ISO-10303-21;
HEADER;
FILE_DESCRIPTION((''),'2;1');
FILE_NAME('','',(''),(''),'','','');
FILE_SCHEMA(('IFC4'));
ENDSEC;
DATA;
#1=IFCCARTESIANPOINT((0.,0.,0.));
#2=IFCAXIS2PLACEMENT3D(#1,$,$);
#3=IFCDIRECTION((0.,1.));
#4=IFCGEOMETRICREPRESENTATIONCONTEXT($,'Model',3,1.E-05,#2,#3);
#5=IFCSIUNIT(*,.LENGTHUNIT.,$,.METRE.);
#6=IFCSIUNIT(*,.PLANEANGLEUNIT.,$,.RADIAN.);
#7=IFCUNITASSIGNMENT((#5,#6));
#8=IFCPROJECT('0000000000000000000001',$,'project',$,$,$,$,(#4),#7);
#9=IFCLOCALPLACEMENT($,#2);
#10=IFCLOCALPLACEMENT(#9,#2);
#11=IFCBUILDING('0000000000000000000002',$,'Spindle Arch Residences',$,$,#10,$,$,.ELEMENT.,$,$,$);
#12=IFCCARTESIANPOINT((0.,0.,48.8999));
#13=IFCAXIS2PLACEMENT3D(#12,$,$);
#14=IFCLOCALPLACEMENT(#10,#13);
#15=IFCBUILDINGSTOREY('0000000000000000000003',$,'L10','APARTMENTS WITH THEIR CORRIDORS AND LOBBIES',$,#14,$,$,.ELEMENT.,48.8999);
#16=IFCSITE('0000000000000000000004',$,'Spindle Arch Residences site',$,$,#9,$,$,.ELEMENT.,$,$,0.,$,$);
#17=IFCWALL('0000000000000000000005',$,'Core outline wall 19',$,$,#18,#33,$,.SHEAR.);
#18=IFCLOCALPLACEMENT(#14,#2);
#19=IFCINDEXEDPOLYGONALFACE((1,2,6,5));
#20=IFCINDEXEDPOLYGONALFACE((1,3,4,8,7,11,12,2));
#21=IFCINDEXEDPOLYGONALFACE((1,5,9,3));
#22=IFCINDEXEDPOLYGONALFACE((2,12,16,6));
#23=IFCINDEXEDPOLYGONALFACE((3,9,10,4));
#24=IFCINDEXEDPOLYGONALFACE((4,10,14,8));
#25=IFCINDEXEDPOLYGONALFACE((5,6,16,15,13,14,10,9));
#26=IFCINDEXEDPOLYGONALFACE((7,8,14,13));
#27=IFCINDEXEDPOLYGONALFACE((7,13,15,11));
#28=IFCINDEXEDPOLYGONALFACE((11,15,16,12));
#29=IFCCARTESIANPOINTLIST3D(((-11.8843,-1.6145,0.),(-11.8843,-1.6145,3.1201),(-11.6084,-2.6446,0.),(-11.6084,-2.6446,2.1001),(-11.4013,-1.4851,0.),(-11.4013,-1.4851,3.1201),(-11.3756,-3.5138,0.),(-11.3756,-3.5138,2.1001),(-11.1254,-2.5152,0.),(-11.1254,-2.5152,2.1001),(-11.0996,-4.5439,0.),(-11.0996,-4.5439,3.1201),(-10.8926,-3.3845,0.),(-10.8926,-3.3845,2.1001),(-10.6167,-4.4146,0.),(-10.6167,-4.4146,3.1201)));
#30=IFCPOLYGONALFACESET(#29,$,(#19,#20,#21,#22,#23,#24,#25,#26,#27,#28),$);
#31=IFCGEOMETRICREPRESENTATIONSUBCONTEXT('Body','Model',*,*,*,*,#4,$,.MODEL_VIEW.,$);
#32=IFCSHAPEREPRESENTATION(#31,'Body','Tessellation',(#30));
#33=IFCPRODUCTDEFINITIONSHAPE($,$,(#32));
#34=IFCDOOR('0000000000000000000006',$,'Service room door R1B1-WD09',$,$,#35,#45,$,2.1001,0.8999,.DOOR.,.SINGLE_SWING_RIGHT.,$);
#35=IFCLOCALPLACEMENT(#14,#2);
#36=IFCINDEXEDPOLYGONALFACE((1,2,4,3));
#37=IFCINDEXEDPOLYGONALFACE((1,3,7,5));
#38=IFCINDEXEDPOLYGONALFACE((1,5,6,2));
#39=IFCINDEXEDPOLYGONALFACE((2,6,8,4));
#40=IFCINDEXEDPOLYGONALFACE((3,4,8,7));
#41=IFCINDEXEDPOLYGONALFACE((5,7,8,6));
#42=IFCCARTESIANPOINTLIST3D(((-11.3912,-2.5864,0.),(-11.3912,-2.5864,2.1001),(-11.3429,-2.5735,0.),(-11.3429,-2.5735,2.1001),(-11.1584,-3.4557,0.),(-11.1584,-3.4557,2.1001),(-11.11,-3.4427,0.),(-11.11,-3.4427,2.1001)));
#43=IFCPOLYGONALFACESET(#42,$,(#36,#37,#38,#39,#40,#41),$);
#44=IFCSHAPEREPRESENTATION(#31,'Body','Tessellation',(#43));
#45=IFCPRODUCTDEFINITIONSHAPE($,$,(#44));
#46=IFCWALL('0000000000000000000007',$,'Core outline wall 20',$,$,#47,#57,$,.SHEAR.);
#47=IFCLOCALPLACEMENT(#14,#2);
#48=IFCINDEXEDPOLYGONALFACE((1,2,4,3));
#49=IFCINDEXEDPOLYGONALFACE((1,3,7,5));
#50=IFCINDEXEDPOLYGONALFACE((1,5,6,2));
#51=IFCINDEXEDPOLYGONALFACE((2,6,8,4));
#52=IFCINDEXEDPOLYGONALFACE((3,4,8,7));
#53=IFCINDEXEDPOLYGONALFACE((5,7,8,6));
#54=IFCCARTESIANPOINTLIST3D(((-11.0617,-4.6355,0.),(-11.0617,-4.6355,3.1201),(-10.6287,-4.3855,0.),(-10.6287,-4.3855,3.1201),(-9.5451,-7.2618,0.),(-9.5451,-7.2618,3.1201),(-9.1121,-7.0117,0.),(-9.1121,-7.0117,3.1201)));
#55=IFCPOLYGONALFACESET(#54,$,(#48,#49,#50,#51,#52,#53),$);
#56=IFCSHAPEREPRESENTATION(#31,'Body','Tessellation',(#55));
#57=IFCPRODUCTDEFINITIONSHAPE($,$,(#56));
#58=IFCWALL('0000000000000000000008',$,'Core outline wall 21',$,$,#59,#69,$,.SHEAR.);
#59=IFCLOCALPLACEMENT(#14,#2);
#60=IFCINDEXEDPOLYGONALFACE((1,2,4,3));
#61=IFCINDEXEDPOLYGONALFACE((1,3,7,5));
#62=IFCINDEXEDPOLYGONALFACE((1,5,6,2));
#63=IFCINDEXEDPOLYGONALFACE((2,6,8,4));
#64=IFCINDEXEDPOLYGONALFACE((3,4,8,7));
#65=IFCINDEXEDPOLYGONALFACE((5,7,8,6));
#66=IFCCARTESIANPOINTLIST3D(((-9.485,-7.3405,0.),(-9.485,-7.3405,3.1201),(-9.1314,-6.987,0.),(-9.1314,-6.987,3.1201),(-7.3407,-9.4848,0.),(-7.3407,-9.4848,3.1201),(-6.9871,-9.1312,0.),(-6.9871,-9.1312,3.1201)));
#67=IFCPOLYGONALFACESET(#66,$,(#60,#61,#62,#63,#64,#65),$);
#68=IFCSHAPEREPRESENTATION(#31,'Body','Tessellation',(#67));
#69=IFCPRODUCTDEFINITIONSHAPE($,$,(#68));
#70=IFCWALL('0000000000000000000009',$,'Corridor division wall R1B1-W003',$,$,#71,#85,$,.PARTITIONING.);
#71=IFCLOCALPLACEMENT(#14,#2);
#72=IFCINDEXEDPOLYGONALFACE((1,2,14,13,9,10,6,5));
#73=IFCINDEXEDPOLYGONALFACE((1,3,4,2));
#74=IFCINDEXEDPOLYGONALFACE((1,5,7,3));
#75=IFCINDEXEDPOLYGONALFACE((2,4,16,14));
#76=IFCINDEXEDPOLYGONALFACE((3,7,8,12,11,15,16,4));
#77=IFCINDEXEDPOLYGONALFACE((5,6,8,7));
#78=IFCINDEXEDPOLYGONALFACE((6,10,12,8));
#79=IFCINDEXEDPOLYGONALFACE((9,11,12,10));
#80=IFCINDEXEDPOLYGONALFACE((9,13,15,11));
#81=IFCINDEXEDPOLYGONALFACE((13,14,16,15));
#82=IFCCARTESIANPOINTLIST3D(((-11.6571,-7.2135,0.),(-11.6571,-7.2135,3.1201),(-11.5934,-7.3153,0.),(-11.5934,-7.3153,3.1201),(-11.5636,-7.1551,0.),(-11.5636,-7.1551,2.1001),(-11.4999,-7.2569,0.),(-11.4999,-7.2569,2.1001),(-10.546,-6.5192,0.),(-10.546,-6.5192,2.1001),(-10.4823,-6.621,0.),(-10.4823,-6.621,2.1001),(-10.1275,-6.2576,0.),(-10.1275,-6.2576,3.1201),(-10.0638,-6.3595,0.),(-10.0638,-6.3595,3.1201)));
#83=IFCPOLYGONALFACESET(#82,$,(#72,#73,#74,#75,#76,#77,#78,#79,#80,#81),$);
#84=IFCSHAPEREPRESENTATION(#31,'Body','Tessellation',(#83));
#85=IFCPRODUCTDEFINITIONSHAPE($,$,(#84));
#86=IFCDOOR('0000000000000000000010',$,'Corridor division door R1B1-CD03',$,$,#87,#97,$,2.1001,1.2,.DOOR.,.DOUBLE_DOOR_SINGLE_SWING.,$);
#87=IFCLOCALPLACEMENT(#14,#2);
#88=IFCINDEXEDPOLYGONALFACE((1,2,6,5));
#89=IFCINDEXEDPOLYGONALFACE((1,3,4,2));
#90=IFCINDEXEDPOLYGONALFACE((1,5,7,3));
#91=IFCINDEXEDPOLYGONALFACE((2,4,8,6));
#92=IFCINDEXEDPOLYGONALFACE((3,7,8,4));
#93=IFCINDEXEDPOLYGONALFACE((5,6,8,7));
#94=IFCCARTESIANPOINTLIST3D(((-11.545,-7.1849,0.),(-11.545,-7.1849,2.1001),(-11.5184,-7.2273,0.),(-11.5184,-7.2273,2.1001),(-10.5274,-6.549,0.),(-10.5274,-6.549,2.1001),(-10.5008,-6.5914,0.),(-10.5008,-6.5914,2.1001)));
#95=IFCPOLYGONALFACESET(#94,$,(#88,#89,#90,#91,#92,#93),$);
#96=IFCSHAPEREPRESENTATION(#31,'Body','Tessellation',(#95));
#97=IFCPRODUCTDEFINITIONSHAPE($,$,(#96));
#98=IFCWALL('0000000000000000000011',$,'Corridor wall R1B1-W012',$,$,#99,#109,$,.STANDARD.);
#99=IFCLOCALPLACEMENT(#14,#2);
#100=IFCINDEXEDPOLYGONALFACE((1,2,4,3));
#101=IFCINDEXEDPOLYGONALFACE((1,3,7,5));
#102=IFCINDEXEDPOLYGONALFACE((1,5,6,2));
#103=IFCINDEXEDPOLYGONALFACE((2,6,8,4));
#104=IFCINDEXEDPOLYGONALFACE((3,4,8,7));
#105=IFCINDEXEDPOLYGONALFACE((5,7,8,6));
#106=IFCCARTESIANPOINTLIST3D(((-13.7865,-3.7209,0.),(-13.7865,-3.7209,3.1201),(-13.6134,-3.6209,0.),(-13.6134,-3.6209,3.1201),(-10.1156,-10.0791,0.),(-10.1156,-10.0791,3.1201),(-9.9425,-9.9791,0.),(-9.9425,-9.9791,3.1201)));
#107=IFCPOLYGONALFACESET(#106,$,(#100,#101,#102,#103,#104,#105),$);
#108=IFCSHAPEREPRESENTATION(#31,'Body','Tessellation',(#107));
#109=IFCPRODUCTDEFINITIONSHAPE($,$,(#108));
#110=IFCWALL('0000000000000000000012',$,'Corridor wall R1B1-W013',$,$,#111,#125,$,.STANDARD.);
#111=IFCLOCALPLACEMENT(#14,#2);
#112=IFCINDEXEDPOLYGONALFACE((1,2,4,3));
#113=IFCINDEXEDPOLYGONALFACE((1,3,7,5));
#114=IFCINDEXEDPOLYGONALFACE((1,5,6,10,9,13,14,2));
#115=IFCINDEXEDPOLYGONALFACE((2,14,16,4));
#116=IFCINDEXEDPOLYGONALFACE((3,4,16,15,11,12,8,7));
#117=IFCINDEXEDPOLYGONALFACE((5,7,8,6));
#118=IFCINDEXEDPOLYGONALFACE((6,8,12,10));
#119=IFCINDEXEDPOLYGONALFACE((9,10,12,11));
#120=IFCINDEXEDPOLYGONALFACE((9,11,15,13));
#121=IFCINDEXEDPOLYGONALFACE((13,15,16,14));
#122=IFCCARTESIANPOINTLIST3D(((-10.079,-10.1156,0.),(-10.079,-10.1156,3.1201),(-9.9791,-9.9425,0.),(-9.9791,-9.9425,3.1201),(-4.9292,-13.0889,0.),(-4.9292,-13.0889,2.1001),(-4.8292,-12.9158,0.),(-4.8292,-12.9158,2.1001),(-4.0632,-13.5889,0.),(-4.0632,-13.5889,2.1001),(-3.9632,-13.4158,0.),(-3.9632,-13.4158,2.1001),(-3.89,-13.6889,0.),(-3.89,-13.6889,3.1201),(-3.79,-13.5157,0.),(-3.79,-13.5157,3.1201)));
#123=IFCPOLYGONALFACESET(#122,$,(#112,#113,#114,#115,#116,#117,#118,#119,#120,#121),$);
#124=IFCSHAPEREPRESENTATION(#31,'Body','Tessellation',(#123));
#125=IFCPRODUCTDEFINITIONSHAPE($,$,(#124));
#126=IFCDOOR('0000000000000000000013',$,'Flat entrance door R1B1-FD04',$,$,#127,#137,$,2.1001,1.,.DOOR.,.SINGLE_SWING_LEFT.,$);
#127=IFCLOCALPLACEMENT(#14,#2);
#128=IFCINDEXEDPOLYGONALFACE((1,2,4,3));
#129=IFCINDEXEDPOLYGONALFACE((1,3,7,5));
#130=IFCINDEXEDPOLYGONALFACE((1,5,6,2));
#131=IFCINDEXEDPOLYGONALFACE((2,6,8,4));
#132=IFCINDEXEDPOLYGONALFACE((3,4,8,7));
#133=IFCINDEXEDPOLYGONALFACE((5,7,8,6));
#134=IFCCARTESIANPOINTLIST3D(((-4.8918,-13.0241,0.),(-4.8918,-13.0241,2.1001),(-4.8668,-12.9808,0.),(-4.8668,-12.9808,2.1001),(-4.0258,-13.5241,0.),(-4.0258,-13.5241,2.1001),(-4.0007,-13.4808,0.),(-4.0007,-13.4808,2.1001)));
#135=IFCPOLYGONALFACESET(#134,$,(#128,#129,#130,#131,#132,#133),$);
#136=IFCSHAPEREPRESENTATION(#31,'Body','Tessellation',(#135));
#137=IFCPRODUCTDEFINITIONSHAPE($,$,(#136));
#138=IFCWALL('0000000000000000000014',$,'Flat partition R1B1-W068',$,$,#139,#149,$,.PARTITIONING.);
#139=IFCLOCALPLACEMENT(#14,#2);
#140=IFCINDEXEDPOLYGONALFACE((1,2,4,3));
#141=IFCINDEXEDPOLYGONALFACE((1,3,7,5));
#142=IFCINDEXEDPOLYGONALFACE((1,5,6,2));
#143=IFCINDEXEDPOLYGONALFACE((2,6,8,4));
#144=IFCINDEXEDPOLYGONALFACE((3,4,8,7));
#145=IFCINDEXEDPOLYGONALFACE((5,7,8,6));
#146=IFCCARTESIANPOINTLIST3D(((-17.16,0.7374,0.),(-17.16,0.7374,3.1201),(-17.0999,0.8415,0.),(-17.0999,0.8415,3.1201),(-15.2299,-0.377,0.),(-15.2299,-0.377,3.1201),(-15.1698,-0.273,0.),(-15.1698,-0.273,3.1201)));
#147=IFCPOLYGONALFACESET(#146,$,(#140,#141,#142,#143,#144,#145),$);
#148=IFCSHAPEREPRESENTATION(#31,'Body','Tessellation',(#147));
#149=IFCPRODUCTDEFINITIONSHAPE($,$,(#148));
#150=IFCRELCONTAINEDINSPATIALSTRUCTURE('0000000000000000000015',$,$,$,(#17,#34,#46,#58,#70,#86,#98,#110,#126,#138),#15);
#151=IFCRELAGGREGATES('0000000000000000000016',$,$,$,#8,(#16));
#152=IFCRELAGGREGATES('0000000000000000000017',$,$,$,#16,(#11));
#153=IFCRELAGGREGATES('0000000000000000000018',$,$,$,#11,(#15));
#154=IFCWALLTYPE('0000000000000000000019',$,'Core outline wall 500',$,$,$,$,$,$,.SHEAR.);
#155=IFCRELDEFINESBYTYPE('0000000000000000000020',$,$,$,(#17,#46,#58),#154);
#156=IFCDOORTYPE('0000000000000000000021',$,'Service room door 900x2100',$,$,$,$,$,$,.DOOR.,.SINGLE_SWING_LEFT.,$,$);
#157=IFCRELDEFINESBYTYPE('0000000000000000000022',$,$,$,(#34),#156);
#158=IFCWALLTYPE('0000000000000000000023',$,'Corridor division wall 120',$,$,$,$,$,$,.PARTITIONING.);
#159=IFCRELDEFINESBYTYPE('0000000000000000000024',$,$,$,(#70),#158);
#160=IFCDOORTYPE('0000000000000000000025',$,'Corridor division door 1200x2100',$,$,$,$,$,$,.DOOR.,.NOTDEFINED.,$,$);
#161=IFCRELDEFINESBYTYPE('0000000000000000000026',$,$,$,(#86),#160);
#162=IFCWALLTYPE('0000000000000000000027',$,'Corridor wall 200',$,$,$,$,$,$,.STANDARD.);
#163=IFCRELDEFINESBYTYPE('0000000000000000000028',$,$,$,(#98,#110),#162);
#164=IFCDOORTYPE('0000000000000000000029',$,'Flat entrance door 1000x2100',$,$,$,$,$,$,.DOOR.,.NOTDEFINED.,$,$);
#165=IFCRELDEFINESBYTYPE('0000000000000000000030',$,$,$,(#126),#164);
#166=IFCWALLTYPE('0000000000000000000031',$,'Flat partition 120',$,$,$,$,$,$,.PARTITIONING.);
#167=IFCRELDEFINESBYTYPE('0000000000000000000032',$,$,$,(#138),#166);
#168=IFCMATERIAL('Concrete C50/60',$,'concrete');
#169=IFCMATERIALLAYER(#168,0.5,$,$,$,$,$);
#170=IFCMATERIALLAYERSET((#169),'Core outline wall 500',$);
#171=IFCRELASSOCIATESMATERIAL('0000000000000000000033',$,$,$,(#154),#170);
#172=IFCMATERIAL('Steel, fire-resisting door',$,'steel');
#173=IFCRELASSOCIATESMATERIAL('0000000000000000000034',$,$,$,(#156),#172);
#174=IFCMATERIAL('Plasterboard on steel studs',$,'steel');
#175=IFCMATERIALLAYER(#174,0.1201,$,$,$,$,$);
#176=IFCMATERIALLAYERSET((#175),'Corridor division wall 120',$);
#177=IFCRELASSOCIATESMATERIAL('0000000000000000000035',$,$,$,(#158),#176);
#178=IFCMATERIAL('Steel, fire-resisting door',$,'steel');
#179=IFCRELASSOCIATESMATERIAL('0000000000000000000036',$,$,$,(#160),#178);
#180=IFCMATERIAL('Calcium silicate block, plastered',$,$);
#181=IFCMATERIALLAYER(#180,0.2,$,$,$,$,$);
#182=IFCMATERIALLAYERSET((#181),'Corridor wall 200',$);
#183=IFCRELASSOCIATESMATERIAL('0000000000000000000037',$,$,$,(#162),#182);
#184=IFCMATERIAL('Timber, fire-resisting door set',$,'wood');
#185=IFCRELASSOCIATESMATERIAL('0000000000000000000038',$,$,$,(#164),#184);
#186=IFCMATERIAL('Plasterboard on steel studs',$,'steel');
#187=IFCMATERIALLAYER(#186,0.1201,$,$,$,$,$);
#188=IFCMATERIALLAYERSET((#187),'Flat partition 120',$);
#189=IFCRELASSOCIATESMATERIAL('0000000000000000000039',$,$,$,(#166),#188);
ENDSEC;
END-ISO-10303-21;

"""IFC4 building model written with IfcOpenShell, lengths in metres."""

from ifc_helpers import new_model, si_unit, direction, frame, frame_2d, origin, place, context, subcontext, project, spatial, rectangle, extrude, material, layer, layer_set, type_object, element, fill, save


model = new_model("IFC4")

# Units and contexts
model_context = context("Model", 3, precision=1e-05, world=origin(), true_north=direction((0.0, 1.0)))
body_context = subcontext(model_context, "Body", "Model", "MODEL_VIEW")
ifc_project = project(units=[si_unit("LENGTHUNIT", "METRE"), si_unit("PLANEANGLEUNIT", "RADIAN")], contexts=[model_context])

# Site, building, storey
site_placement = place(None, origin())
site = spatial("IfcSite", under=ifc_project, at=site_placement, Name="Spindle Arch Residences site", CompositionType="ELEMENT", RefElevation=0.0)
building_placement = place(site_placement, origin())
building = spatial("IfcBuilding", under=site, at=building_placement, Name="Spindle Arch Residences", CompositionType="ELEMENT")
storey_placement = place(building_placement, frame((0.0, 0.0, 48.8999)))
storey = spatial("IfcBuildingStorey", under=building, at=storey_placement, Name="L10", Description="APARTMENTS WITH THEIR CORRIDORS AND LOBBIES", CompositionType="ELEMENT", Elevation=48.8999)

# Wall, opening, door
ifc_material_1 = material(Name="Concrete C50/60", Category="concrete")
ifc_layer_1 = layer(ifc_material_1, 0.5)
ifc_layer_set_1 = layer_set([ifc_layer_1], Name="Core outline wall 500")
wall_type_1 = type_object("IfcWallType", Name="Core outline wall 500", PredefinedType="SHEAR", material=ifc_layer_set_1)
wall_1_placement = place(storey_placement, frame((-11.6428, -1.5498, 0.0), z_axis=(0.0, 0.0, 1.0), x_axis=(0.258735, -0.965948, 0.0)))
wall_1 = element("IfcWall", 1, at=wall_1_placement, inside=storey, type_object=wall_type_1, Name="Core outline wall 19", PredefinedType="SHEAR", context=body_context, shape_type="SweptSolid", body=[
    extrude(rectangle(XDim=3.0327, YDim=0.5, at=frame_2d((1.5164, 0.0))), origin(), (0.0, 0.0, 1.0), 3.1201),
])
opening_1_placement = place(wall_1_placement, frame((1.0664, 0.0, 0.0)))
opening_1 = element("IfcOpeningElement", 2, at=opening_1_placement, cuts=wall_1, PredefinedType="OPENING", context=body_context, shape_type="SweptSolid", body=[
    extrude(rectangle(XDim=0.8999, YDim=2.1001, at=frame_2d((0.45, 1.05))), frame((0.0, 0.26, 0.0), z_axis=(0.0, -1.0, 0.0), x_axis=(1.0, 0.0, 0.0)), (0.0, 0.0, 1.0), 0.52),
])
ifc_material_2 = material(Name="Steel, fire-resisting door", Category="steel")
door_type_1 = type_object("IfcDoorType", Name="Service room door 900x2100", OperationType="SINGLE_SWING_LEFT", PredefinedType="DOOR", material=ifc_material_2)
door_1_placement = place(opening_1_placement, origin())
door_1 = element("IfcDoor", 3, at=door_1_placement, inside=storey, type_object=door_type_1, Name="Service room door R1B1-WD09", OperationType="SINGLE_SWING_RIGHT", OverallHeight=2.1001, OverallWidth=0.8999, PredefinedType="DOOR", context=body_context, shape_type="SweptSolid", body=[
    extrude(rectangle(XDim=0.8999, YDim=2.1001, at=frame_2d((0.45, 1.05))), frame((0.0, 0.0249, 0.0), z_axis=(0.0, -1.0, 0.0), x_axis=(1.0, 0.0, 0.0)), (0.0, 0.0, 1.0), 0.05),
])
fill(opening_1, door_1)

# Walls
wall_2_placement = place(storey_placement, frame((-10.8452, -4.5105, 0.0), z_axis=(0.0, 0.0, 1.0), x_axis=(0.500087, -0.865975, 0.0)))
element("IfcWall", 4, at=wall_2_placement, inside=storey, type_object=wall_type_1, Name="Core outline wall 20", PredefinedType="SHEAR", context=body_context, shape_type="SweptSolid", body=[
    extrude(rectangle(XDim=3.0327, YDim=0.5, at=frame_2d((1.5164, 0.0))), origin(), (0.0, 0.0, 1.0), 3.1201),
])
wall_3_placement = place(storey_placement, frame((-9.3081, -7.1638, 0.0), z_axis=(0.0, 0.0, 1.0), x_axis=(0.707107, -0.707107, 0.0)))
element("IfcWall", 5, at=wall_3_placement, inside=storey, type_object=wall_type_1, Name="Core outline wall 21", PredefinedType="SHEAR", context=body_context, shape_type="SweptSolid", body=[
    extrude(rectangle(XDim=3.0325, YDim=0.5, at=frame_2d((1.5161, 0.0))), origin(), (0.0, 0.0, 1.0), 3.1201),
])

# Wall, opening, door
ifc_material_3 = material(Name="Plasterboard on steel studs", Category="steel")
ifc_layer_2 = layer(ifc_material_3, 0.1201)
ifc_layer_set_2 = layer_set([ifc_layer_2], Name="Corridor division wall 120")
wall_type_2 = type_object("IfcWallType", Name="Corridor division wall 120", PredefinedType="PARTITIONING", material=ifc_layer_set_2)
wall_4_placement = place(storey_placement, frame((-11.6252, -7.2644, 0.0), z_axis=(0.0, 0.0, 1.0), x_axis=(0.848036, 0.529938, 0.0)))
wall_4 = element("IfcWall", 6, at=wall_4_placement, inside=storey, type_object=wall_type_2, Name="Corridor division wall R1B1-W003", PredefinedType="PARTITIONING", context=body_context, shape_type="SweptSolid", body=[
    extrude(rectangle(XDim=1.8037, YDim=0.1201, at=frame_2d((0.9019, 0.0))), origin(), (0.0, 0.0, 1.0), 3.1201),
])
opening_2_placement = place(wall_4_placement, frame((0.1101, 0.0, 0.0)))
opening_2 = element("IfcOpeningElement", 7, at=opening_2_placement, cuts=wall_4, PredefinedType="OPENING", context=body_context, shape_type="SweptSolid", body=[
    extrude(rectangle(XDim=1.2, YDim=2.1001, at=frame_2d((0.6001, 1.05))), frame((0.0, 0.0701, 0.0), z_axis=(0.0, -1.0, 0.0), x_axis=(1.0, 0.0, 0.0)), (0.0, 0.0, 1.0), 0.1401),
])
ifc_material_4 = material(Name="Steel, fire-resisting door", Category="steel")
door_type_2 = type_object("IfcDoorType", Name="Corridor division door 1200x2100", OperationType="NOTDEFINED", PredefinedType="DOOR", material=ifc_material_4)
door_2_placement = place(opening_2_placement, origin())
door_2 = element("IfcDoor", 8, at=door_2_placement, inside=storey, type_object=door_type_2, Name="Corridor division door R1B1-CD03", OperationType="DOUBLE_DOOR_SINGLE_SWING", OverallHeight=2.1001, OverallWidth=1.2, PredefinedType="DOOR", context=body_context, shape_type="SweptSolid", body=[
    extrude(rectangle(XDim=1.2, YDim=2.1001, at=frame_2d((0.6001, 1.05))), frame((0.0, 0.0249, 0.0), z_axis=(0.0, -1.0, 0.0), x_axis=(1.0, 0.0, 0.0)), (0.0, 0.0, 1.0), 0.05),
])
fill(opening_2, door_2)

# Wall
ifc_material_5 = material(Name="Calcium silicate block, plastered")
ifc_layer_3 = layer(ifc_material_5, 0.2)
ifc_layer_set_3 = layer_set([ifc_layer_3], Name="Corridor wall 200")
wall_type_3 = type_object("IfcWallType", Name="Corridor wall 200", PredefinedType="STANDARD", material=ifc_layer_set_3)
wall_5_placement = place(storey_placement, frame((-13.7, -3.6709, 0.0), z_axis=(0.0, 0.0, 1.0), x_axis=(0.500002, -0.866024, 0.0)))
element("IfcWall", 9, at=wall_5_placement, inside=storey, type_object=wall_type_3, Name="Corridor wall R1B1-W012", PredefinedType="STANDARD", context=body_context, shape_type="SweptSolid", body=[
    extrude(rectangle(XDim=7.3418, YDim=0.2, at=frame_2d((3.6709, 0.0))), origin(), (0.0, 0.0, 1.0), 3.1201),
])

# Wall, opening, door
wall_6_placement = place(storey_placement, frame((-10.0291, -10.0291, 0.0), z_axis=(0.0, 0.0, 1.0), x_axis=(0.866023, -0.500004, 0.0)))
wall_6 = element("IfcWall", 10, at=wall_6_placement, inside=storey, type_object=wall_type_3, Name="Corridor wall R1B1-W013", PredefinedType="STANDARD", context=body_context, shape_type="SweptSolid", body=[
    extrude(rectangle(XDim=7.1465, YDim=0.2, at=frame_2d((3.5732, 0.0))), origin(), (0.0, 0.0, 1.0), 3.1201),
])
opening_3_placement = place(wall_6_placement, frame((5.9465, 0.0, 0.0)))
opening_3 = element("IfcOpeningElement", 11, at=opening_3_placement, cuts=wall_6, PredefinedType="OPENING", context=body_context, shape_type="SweptSolid", body=[
    extrude(rectangle(XDim=1.0, YDim=2.1001, at=frame_2d((0.5, 1.05))), frame((0.0, 0.1099, 0.0), z_axis=(0.0, -1.0, 0.0), x_axis=(1.0, 0.0, 0.0)), (0.0, 0.0, 1.0), 0.22),
])
ifc_material_6 = material(Name="Timber, fire-resisting door set", Category="wood")
door_type_3 = type_object("IfcDoorType", Name="Flat entrance door 1000x2100", OperationType="NOTDEFINED", PredefinedType="DOOR", material=ifc_material_6)
door_3_placement = place(opening_3_placement, origin())
door_3 = element("IfcDoor", 12, at=door_3_placement, inside=storey, type_object=door_type_3, Name="Flat entrance door R1B1-FD04", OperationType="SINGLE_SWING_LEFT", OverallHeight=2.1001, OverallWidth=1.0, PredefinedType="DOOR", context=body_context, shape_type="SweptSolid", body=[
    extrude(rectangle(XDim=1.0, YDim=2.1001, at=frame_2d((0.5, 1.05))), frame((0.0, 0.0249, 0.0), z_axis=(0.0, -1.0, 0.0), x_axis=(1.0, 0.0, 0.0)), (0.0, 0.0, 1.0), 0.05),
])
fill(opening_3, door_3)

# Wall
ifc_material_7 = material(Name="Plasterboard on steel studs", Category="steel")
ifc_layer_4 = layer(ifc_material_7, 0.1201)
ifc_layer_set_4 = layer_set([ifc_layer_4], Name="Flat partition 120")
wall_type_4 = type_object("IfcWallType", Name="Flat partition 120", PredefinedType="PARTITIONING", material=ifc_layer_set_4)
wall_7_placement = place(storey_placement, frame((-15.2, -0.325, 0.0), z_axis=(0.0, 0.0, 1.0), x_axis=(-0.866003, 0.500039, 0.0)))
element("IfcWall", 13, at=wall_7_placement, inside=storey, type_object=wall_type_4, Name="Flat partition R1B1-W068", PredefinedType="PARTITIONING", context=body_context, shape_type="SweptSolid", body=[
    extrude(rectangle(XDim=2.2288, YDim=0.1201, at=frame_2d((1.1143, 0.0))), origin(), (0.0, 0.0, 1.0), 3.1201),
])

save(model, "model.ifc")
